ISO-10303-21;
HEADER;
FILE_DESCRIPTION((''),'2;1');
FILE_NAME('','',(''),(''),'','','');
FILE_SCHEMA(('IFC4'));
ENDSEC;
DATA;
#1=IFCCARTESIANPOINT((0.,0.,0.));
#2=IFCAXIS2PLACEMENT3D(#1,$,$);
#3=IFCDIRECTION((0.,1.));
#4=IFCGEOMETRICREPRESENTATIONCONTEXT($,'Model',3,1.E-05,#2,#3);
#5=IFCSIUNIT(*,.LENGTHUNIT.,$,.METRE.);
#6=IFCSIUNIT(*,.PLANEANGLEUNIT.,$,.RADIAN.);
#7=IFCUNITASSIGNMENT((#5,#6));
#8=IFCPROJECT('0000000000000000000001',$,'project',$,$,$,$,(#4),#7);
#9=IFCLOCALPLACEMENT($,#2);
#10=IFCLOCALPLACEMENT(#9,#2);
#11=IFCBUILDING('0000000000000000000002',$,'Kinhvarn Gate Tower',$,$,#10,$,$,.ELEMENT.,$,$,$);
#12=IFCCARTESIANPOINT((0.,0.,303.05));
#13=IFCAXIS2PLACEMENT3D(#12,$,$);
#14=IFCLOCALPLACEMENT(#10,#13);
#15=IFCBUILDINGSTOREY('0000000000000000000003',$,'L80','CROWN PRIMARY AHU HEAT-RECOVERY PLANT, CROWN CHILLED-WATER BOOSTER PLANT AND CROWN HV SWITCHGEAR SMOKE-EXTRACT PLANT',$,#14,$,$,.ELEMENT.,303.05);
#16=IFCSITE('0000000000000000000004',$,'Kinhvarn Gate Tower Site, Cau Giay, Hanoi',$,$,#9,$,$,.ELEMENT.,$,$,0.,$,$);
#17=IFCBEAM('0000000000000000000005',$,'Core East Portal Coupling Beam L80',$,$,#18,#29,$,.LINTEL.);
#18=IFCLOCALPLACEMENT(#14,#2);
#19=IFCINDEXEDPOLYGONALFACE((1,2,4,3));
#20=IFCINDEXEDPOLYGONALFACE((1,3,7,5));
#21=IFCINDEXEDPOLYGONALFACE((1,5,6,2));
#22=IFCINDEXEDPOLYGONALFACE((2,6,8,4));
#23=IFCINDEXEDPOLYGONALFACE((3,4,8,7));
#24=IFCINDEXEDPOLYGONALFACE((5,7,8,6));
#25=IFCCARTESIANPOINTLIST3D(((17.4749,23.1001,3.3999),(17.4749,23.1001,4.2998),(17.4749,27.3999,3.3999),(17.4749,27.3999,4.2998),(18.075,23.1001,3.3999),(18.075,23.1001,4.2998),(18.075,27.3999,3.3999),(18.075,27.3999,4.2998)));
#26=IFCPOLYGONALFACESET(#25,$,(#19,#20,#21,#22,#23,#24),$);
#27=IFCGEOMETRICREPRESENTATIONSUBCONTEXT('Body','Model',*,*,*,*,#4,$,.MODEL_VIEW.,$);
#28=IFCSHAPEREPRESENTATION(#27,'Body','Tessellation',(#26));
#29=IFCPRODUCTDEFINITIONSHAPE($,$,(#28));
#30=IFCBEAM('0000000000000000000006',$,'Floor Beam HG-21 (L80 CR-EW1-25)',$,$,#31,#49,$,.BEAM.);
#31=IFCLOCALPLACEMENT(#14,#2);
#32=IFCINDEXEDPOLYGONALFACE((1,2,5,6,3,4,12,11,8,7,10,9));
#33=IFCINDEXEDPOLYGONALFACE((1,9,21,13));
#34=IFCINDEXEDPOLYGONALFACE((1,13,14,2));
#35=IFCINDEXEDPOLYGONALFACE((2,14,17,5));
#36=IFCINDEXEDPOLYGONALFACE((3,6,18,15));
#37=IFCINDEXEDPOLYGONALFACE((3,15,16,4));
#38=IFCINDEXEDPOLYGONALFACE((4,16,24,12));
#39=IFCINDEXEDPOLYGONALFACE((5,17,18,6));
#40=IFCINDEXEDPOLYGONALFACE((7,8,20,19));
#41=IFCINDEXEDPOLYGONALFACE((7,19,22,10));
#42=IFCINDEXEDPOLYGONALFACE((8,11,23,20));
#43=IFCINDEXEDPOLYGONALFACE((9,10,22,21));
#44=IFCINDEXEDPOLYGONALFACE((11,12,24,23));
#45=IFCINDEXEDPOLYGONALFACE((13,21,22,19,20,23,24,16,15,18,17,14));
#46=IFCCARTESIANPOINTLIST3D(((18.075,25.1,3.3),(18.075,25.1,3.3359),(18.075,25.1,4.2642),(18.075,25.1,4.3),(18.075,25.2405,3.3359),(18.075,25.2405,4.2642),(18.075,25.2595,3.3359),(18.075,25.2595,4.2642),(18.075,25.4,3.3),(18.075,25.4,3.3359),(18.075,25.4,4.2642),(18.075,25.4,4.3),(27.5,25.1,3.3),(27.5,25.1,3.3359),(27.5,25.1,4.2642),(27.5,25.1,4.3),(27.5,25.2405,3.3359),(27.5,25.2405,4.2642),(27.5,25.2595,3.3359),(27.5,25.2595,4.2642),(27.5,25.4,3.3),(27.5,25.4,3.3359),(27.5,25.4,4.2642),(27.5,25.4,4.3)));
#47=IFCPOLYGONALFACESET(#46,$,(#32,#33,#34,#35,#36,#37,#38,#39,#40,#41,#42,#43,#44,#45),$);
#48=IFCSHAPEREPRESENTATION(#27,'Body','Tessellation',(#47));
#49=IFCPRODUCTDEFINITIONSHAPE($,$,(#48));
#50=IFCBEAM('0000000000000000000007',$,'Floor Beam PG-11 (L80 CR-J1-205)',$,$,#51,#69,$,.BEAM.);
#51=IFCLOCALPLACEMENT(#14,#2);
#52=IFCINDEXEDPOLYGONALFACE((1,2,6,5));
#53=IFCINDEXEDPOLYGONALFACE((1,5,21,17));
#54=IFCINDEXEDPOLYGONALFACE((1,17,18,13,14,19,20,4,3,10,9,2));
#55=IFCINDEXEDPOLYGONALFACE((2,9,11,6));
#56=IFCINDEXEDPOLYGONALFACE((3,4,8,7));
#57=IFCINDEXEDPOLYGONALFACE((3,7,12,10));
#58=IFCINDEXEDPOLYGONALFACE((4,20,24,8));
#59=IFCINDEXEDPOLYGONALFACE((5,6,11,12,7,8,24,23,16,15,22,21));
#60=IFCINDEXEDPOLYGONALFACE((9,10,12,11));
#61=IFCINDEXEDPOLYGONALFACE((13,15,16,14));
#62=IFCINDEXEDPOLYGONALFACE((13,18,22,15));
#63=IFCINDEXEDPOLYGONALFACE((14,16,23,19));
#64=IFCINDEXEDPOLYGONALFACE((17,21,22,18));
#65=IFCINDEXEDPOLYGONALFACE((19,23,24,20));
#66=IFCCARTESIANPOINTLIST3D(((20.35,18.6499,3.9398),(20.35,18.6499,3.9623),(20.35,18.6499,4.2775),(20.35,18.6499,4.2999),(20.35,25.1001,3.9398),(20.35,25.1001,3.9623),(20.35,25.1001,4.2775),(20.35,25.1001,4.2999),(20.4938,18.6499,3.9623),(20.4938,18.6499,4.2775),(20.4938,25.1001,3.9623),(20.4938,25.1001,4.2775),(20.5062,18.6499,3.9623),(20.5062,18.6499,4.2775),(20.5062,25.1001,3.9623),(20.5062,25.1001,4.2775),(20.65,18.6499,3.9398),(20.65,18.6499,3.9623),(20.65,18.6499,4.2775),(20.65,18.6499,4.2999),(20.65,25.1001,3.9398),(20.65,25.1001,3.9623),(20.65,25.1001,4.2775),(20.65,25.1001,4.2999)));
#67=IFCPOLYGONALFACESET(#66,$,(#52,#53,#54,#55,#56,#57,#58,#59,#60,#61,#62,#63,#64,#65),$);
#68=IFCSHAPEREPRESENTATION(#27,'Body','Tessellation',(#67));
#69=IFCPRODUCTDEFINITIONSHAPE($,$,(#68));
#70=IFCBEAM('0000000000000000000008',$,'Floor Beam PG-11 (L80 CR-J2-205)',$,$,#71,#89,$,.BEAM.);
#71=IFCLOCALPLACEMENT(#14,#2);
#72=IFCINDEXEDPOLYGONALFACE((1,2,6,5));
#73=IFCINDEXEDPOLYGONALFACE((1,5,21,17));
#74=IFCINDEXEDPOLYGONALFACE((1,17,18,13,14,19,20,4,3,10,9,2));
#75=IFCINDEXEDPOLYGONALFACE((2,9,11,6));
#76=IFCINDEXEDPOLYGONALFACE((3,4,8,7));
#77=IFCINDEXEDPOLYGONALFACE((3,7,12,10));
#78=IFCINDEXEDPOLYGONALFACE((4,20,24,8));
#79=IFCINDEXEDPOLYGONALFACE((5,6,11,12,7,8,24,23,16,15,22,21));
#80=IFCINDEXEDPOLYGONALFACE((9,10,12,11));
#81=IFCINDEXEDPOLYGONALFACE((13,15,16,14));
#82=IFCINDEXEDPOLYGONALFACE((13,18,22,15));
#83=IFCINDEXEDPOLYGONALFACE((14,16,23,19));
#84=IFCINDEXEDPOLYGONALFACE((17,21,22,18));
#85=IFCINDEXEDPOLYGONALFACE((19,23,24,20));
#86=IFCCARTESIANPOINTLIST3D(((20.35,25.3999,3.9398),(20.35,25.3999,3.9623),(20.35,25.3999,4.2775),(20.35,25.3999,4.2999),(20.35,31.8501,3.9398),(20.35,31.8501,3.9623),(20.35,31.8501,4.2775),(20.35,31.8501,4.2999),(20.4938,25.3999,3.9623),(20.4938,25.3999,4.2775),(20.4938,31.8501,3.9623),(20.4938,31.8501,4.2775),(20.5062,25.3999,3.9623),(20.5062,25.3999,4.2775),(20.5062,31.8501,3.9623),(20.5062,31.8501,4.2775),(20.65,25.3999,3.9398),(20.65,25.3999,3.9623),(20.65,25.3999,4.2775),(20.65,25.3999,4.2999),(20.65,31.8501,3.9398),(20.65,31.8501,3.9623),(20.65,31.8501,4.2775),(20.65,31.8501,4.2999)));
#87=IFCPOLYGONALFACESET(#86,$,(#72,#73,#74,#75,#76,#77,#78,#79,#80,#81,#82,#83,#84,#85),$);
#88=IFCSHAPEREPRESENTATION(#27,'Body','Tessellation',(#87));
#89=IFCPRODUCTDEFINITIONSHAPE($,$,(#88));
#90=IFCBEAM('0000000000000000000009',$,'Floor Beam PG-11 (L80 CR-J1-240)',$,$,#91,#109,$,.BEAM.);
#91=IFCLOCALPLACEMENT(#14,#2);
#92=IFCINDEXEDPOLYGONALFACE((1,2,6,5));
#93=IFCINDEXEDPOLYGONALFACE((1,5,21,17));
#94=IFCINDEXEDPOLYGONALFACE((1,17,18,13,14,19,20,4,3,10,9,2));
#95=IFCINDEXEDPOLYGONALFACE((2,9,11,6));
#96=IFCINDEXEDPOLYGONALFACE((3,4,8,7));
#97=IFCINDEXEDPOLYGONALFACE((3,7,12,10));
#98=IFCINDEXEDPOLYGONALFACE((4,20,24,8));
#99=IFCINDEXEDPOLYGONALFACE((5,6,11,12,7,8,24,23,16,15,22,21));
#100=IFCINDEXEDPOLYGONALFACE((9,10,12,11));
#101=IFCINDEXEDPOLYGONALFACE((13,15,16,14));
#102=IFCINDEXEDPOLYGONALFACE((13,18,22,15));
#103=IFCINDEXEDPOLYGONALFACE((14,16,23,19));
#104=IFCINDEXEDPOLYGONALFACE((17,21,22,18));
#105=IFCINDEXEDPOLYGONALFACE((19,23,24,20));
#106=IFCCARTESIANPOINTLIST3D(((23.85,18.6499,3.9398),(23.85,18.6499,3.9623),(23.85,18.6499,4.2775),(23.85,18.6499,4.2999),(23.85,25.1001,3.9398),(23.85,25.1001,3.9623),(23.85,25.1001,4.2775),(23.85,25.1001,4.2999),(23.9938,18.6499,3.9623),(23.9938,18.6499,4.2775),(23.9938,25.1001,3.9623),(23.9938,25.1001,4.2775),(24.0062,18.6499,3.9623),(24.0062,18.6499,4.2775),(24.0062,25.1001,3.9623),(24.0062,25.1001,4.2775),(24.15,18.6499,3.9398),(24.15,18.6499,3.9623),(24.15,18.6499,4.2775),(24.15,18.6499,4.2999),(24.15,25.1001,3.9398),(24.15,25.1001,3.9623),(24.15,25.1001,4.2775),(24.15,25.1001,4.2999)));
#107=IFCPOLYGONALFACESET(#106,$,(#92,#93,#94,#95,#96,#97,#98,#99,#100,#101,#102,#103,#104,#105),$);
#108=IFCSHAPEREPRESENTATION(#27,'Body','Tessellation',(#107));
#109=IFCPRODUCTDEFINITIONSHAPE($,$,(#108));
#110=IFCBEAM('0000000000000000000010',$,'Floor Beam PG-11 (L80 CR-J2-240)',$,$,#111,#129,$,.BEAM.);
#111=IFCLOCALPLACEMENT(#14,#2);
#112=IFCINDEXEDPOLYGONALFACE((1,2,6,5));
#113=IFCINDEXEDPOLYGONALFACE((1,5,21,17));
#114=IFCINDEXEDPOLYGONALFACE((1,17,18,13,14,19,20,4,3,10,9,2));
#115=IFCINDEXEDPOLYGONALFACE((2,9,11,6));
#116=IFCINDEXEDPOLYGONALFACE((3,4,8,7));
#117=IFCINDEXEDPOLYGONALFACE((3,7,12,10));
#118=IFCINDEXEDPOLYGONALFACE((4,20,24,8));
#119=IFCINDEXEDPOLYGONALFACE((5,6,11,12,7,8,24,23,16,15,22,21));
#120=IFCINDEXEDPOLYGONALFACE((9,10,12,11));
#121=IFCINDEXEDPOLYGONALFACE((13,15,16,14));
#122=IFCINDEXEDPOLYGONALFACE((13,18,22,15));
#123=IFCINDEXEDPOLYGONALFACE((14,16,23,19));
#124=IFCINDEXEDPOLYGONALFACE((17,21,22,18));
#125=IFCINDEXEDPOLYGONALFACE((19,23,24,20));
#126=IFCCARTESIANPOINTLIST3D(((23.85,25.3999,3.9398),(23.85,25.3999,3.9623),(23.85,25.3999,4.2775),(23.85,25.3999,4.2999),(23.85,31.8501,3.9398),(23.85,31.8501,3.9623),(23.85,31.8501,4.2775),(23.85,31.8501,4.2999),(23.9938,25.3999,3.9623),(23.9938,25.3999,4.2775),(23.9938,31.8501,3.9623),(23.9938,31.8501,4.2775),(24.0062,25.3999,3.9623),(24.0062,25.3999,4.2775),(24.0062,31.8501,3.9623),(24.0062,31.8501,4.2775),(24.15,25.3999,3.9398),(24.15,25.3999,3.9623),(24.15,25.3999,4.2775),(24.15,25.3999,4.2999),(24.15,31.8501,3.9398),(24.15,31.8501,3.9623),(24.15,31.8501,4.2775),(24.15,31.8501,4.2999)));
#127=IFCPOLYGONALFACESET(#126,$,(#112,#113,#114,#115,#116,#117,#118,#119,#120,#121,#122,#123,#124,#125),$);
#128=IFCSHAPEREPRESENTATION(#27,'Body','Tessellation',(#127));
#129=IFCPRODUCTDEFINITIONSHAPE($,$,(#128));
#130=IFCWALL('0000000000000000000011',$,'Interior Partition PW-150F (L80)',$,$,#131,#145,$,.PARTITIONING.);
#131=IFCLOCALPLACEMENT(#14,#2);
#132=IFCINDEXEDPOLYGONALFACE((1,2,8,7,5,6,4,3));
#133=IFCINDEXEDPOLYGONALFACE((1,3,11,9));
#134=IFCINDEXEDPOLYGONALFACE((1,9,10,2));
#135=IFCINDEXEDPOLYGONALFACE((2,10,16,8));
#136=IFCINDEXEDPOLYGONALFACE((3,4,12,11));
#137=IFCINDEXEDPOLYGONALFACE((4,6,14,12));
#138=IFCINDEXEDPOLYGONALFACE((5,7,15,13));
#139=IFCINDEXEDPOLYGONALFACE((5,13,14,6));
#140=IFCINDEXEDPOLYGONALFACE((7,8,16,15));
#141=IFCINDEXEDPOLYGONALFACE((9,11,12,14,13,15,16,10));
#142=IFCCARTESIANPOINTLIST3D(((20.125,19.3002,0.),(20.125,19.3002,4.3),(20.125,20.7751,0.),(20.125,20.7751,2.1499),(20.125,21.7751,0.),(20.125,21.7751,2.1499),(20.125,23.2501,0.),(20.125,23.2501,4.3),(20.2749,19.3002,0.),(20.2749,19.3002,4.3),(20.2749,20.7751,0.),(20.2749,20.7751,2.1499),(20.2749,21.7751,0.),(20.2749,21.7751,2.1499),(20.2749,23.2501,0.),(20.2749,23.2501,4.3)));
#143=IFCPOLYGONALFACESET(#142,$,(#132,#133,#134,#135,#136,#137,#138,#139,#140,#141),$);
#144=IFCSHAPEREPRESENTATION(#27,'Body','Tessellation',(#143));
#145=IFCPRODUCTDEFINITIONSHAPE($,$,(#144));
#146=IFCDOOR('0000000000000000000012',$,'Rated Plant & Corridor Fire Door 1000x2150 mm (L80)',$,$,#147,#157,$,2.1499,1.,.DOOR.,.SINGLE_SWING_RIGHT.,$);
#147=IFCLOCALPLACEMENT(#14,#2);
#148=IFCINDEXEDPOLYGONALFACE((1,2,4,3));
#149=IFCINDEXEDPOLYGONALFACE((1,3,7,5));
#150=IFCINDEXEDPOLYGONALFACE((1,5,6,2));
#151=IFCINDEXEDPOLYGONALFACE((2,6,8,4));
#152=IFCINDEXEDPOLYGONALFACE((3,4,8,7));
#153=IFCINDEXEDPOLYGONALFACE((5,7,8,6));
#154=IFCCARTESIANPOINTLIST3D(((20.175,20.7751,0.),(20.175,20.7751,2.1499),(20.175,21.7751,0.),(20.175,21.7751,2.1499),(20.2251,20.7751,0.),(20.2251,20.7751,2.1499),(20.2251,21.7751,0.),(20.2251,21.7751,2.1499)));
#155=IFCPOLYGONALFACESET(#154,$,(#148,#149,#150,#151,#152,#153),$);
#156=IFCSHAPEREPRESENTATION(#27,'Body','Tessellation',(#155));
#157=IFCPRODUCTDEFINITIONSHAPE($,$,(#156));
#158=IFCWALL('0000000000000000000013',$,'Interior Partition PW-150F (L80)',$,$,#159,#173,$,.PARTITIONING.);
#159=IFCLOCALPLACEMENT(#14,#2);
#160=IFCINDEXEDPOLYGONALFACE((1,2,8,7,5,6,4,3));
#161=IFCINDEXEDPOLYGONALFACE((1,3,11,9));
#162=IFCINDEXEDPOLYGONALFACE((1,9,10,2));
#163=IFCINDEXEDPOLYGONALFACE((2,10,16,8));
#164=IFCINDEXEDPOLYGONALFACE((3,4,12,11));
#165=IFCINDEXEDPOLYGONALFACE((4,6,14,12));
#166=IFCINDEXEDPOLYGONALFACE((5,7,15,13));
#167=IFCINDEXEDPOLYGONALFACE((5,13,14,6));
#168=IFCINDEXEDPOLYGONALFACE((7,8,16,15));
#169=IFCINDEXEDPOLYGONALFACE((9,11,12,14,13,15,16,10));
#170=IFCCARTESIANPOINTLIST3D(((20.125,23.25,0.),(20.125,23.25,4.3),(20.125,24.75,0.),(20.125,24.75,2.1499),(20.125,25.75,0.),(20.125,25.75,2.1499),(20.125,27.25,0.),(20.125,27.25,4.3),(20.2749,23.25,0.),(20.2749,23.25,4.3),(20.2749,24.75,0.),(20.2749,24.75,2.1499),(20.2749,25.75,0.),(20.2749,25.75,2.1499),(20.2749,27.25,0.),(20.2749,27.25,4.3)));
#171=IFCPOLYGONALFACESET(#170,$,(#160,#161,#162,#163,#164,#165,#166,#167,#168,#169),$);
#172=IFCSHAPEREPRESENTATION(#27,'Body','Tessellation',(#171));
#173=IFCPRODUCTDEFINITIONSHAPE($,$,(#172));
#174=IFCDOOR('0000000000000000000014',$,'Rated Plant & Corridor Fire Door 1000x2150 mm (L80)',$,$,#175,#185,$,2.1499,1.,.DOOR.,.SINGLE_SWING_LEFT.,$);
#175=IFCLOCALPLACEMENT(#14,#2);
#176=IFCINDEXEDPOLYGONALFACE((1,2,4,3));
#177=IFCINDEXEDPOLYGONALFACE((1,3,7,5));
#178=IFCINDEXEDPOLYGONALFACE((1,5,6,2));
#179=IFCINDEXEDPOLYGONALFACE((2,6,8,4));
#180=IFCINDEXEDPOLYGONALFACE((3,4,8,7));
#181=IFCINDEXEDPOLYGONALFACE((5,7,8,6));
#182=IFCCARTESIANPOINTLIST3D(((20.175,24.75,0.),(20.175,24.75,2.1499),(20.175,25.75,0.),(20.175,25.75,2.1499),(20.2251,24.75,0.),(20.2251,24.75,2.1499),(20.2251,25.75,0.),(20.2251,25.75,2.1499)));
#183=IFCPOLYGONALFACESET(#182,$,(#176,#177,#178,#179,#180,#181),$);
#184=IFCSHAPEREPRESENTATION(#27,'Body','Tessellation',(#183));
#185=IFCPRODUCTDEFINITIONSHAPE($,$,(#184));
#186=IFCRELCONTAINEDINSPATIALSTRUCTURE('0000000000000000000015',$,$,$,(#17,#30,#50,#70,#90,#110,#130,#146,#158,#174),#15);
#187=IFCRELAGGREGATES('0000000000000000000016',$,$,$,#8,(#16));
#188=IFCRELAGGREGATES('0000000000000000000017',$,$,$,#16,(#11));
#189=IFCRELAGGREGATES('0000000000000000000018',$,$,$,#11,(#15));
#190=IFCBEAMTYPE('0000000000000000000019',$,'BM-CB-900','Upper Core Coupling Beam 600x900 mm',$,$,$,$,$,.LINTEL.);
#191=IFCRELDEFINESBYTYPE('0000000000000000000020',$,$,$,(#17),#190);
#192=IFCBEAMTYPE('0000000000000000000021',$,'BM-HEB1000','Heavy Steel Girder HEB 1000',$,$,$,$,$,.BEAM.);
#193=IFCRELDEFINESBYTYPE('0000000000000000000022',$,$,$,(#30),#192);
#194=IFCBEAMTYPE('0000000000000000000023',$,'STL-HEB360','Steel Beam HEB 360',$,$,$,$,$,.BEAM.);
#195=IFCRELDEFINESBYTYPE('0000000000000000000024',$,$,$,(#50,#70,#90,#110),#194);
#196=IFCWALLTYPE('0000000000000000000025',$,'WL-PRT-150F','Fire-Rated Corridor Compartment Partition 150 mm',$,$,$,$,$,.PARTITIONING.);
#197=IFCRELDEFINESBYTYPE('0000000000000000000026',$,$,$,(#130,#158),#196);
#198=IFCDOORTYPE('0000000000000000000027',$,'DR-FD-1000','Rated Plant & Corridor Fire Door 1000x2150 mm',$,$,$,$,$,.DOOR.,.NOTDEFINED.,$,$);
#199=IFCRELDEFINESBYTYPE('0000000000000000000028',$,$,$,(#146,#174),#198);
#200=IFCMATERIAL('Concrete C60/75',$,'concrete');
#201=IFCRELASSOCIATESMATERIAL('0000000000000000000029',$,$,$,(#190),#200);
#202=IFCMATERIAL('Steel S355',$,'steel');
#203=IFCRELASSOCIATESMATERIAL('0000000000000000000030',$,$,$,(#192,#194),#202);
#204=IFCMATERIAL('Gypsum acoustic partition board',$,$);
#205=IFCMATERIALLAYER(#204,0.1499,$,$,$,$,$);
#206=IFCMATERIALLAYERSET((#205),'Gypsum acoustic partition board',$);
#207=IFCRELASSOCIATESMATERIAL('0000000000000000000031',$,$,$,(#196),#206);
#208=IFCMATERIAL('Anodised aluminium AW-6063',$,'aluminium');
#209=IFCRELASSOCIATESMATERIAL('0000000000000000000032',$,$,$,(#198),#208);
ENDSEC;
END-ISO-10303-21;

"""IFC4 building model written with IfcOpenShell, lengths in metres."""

from ifc_helpers import new_model, si_unit, direction, frame, frame_2d, origin, origin_2d, place, context, subcontext, project, spatial, rectangle, i_section, extrude, material, layer, layer_set, material_profile, profile_set, type_object, element, fill, save


model = new_model("IFC4")

# Units and contexts
model_context = context("Model", 3, precision=1e-05, world=origin(), true_north=direction((0.0, 1.0)))
body_context = subcontext(model_context, "Body", "Model", "MODEL_VIEW")
ifc_project = project(units=[si_unit("LENGTHUNIT", "METRE"), si_unit("PLANEANGLEUNIT", "RADIAN")], contexts=[model_context])

# Site, building, storey
site_placement = place(None, origin())
site = spatial("IfcSite", under=ifc_project, at=site_placement, Name="Kinhvarn Gate Tower Site, Cau Giay, Hanoi", CompositionType="ELEMENT", RefElevation=0.0)
building_placement = place(site_placement, origin())
building = spatial("IfcBuilding", under=site, at=building_placement, Name="Kinhvarn Gate Tower", CompositionType="ELEMENT")
storey_placement = place(building_placement, frame((0.0, 0.0, 303.05)))
storey = spatial("IfcBuildingStorey", under=building, at=storey_placement, Name="L80", Description="CROWN PRIMARY AHU HEAT-RECOVERY PLANT, CROWN CHILLED-WATER BOOSTER PLANT AND CROWN HV SWITCHGEAR SMOKE-EXTRACT PLANT", CompositionType="ELEMENT", Elevation=303.05)

# Beams
ifc_material_1 = material(Name="Concrete C60/75", Category="concrete")
ifc_material_profile_1 = material_profile(ifc_material_1, rectangle(XDim=0.6001, YDim=0.8999, at=origin_2d()), Name="RC 600x900")
ifc_profile_set_1 = profile_set([ifc_material_profile_1], Name="Concrete C60/75")
beam_type_1 = type_object("IfcBeamType", Name="BM-CB-900", Description="Upper Core Coupling Beam 600x900 mm", PredefinedType="LINTEL", material=ifc_profile_set_1)
beam_1_placement = place(storey_placement, frame((17.7749, 23.1001, 3.8499), z_axis=(0.0, 1.0, 0.0), x_axis=(-1.0, 0.0, 0.0)))
element("IfcBeam", 1, at=beam_1_placement, inside=storey, type_object=beam_type_1, Name="Core East Portal Coupling Beam L80", PredefinedType="LINTEL", context=body_context, shape_type="SweptSolid", body=[
    extrude(rectangle(XDim=0.6001, YDim=0.8999, at=origin_2d()), origin(), (0.0, 0.0, 1.0), 4.2998),
])
ifc_material_2 = material(Name="Steel S355", Category="steel")
ifc_material_profile_2 = material_profile(ifc_material_2, i_section(OverallWidth=0.3, OverallDepth=1.0, WebThickness=0.019, FlangeThickness=0.0359, at=origin_2d()), Name="HEB 1000")
ifc_profile_set_2 = profile_set([ifc_material_profile_2], Name="Steel S355")
beam_type_2 = type_object("IfcBeamType", Name="BM-HEB1000", Description="Heavy Steel Girder HEB 1000", PredefinedType="BEAM", material=ifc_profile_set_2)
beam_2_placement = place(storey_placement, frame((18.075, 25.25, 3.8), z_axis=(1.0, 0.0, 0.0), x_axis=(0.0, 1.0, 0.0)))
element("IfcBeam", 2, at=beam_2_placement, inside=storey, type_object=beam_type_2, Name="Floor Beam HG-21 (L80 CR-EW1-25)", PredefinedType="BEAM", context=body_context, shape_type="SweptSolid", body=[
    extrude(i_section(OverallWidth=0.3, OverallDepth=1.0, WebThickness=0.019, FlangeThickness=0.0359, at=origin_2d()), origin(), (0.0, 0.0, 1.0), 9.425),
])
ifc_material_profile_3 = material_profile(ifc_material_2, i_section(OverallWidth=0.3, OverallDepth=0.3601, WebThickness=0.0125, FlangeThickness=0.0225, at=origin_2d()), Name="HEB 360")
ifc_profile_set_3 = profile_set([ifc_material_profile_3], Name="Steel S355")
beam_type_3 = type_object("IfcBeamType", Name="STL-HEB360", Description="Steel Beam HEB 360", PredefinedType="BEAM", material=ifc_profile_set_3)
for number, where, z_axis, x_axis, name in (
    (3, (20.5, 18.6499, 4.1199), (0.0, 1.0, 0.0), (-1.0, 0.0, 0.0), "Floor Beam PG-11 (L80 CR-J1-205)"),
    (4, (20.5, 25.3999, 4.1199), (0.0, 1.0, 0.0), (-1.0, 0.0, 0.0), "Floor Beam PG-11 (L80 CR-J2-205)"),
    (5, (24.0, 18.6499, 4.1199), (0.0, 1.0, 0.0), (-1.0, 0.0, 0.0), "Floor Beam PG-11 (L80 CR-J1-240)"),
    (6, (24.0, 25.3999, 4.1199), (0.0, 1.0, 0.0), (-1.0, 0.0, 0.0), "Floor Beam PG-11 (L80 CR-J2-240)"),
):
    element("IfcBeam", number, at=place(storey_placement, frame(where, z_axis=z_axis, x_axis=x_axis)), inside=storey, type_object=beam_type_3, Name=name, PredefinedType="BEAM", context=body_context, shape_type="SweptSolid", body=[
        extrude(i_section(OverallWidth=0.3, OverallDepth=0.3601, WebThickness=0.0125, FlangeThickness=0.0225, at=origin_2d()), origin(), (0.0, 0.0, 1.0), 6.4502),
    ])

# Walls, openings, doors
ifc_material_3 = material(Name="Anodised aluminium AW-6063", Category="aluminium")
ifc_material_4 = material(Name="Gypsum acoustic partition board")
ifc_layer_1 = layer(ifc_material_4, 0.1499)
ifc_layer_set_1 = layer_set([ifc_layer_1], Name="Gypsum acoustic partition board")
wall_type_1 = type_object("IfcWallType", Name="WL-PRT-150F", Description="Fire-Rated Corridor Compartment Partition 150 mm", PredefinedType="PARTITIONING", material=ifc_layer_set_1)
wall_1_placement = place(storey_placement, frame((20.2, 19.3, 0.0), z_axis=(0.0, 0.0, 1.0), x_axis=(0.0, 1.0, 0.0)))
wall_1 = element("IfcWall", 7, at=wall_1_placement, inside=storey, type_object=wall_type_1, Name="Interior Partition PW-150F (L80)", PredefinedType="PARTITIONING", context=body_context, shape_type="SweptSolid", body=[
    extrude(rectangle(XDim=3.95, YDim=0.1499, at=frame_2d((1.9751, 0.0))), origin(), (0.0, 0.0, 1.0), 4.3),
])
opening_1_placement = place(wall_1_placement, frame((1.4751, 0.0, 0.0)))
opening_1 = element("IfcOpeningElement", 8, at=opening_1_placement, cuts=wall_1, PredefinedType="OPENING", context=body_context, shape_type="SweptSolid", body=[
    extrude(rectangle(XDim=1.0, YDim=2.1499, at=frame_2d((0.5, 1.075))), frame((0.0, 0.085, 0.0), z_axis=(0.0, -1.0, 0.0), x_axis=(1.0, 0.0, 0.0)), (0.0, 0.0, 1.0), 0.1699),
])
door_type_1 = type_object("IfcDoorType", Name="DR-FD-1000", Description="Rated Plant & Corridor Fire Door 1000x2150 mm", OperationType="NOTDEFINED", PredefinedType="DOOR", material=ifc_material_3)
door_1_placement = place(opening_1_placement, origin())
door_1 = element("IfcDoor", 9, at=door_1_placement, inside=storey, type_object=door_type_1, Name="Rated Plant & Corridor Fire Door 1000x2150 mm (L80)", OperationType="SINGLE_SWING_RIGHT", OverallHeight=2.1499, OverallWidth=1.0, PredefinedType="DOOR", context=body_context, shape_type="SweptSolid", body=[
    extrude(rectangle(XDim=1.0, YDim=2.1499, at=frame_2d((0.5, 1.075))), frame((0.0, 0.0249, 0.0), z_axis=(0.0, -1.0, 0.0), x_axis=(1.0, 0.0, 0.0)), (0.0, 0.0, 1.0), 0.05),
])
fill(opening_1, door_1)
wall_2_placement = place(storey_placement, frame((20.2, 23.25, 0.0), z_axis=(0.0, 0.0, 1.0), x_axis=(0.0, 1.0, 0.0)))
wall_2 = element("IfcWall", 10, at=wall_2_placement, inside=storey, type_object=wall_type_1, Name="Interior Partition PW-150F (L80)", PredefinedType="PARTITIONING", context=body_context, shape_type="SweptSolid", body=[
    extrude(rectangle(XDim=4.0, YDim=0.1499, at=frame_2d((2.0, 0.0))), origin(), (0.0, 0.0, 1.0), 4.3),
])
opening_2_placement = place(wall_2_placement, frame((1.5, 0.0, 0.0)))
opening_2 = element("IfcOpeningElement", 11, at=opening_2_placement, cuts=wall_2, PredefinedType="OPENING", context=body_context, shape_type="SweptSolid", body=[
    extrude(rectangle(XDim=1.0, YDim=2.1499, at=frame_2d((0.5, 1.075))), frame((0.0, 0.085, 0.0), z_axis=(0.0, -1.0, 0.0), x_axis=(1.0, 0.0, 0.0)), (0.0, 0.0, 1.0), 0.1699),
])
door_2_placement = place(opening_2_placement, origin())
door_2 = element("IfcDoor", 12, at=door_2_placement, inside=storey, type_object=door_type_1, Name="Rated Plant & Corridor Fire Door 1000x2150 mm (L80)", OperationType="SINGLE_SWING_LEFT", OverallHeight=2.1499, OverallWidth=1.0, PredefinedType="DOOR", context=body_context, shape_type="SweptSolid", body=[
    extrude(rectangle(XDim=1.0, YDim=2.1499, at=frame_2d((0.5, 1.075))), frame((0.0, 0.0249, 0.0), z_axis=(0.0, -1.0, 0.0), x_axis=(1.0, 0.0, 0.0)), (0.0, 0.0, 1.0), 0.05),
])
fill(opening_2, door_2)

save(model, "model.ifc")
